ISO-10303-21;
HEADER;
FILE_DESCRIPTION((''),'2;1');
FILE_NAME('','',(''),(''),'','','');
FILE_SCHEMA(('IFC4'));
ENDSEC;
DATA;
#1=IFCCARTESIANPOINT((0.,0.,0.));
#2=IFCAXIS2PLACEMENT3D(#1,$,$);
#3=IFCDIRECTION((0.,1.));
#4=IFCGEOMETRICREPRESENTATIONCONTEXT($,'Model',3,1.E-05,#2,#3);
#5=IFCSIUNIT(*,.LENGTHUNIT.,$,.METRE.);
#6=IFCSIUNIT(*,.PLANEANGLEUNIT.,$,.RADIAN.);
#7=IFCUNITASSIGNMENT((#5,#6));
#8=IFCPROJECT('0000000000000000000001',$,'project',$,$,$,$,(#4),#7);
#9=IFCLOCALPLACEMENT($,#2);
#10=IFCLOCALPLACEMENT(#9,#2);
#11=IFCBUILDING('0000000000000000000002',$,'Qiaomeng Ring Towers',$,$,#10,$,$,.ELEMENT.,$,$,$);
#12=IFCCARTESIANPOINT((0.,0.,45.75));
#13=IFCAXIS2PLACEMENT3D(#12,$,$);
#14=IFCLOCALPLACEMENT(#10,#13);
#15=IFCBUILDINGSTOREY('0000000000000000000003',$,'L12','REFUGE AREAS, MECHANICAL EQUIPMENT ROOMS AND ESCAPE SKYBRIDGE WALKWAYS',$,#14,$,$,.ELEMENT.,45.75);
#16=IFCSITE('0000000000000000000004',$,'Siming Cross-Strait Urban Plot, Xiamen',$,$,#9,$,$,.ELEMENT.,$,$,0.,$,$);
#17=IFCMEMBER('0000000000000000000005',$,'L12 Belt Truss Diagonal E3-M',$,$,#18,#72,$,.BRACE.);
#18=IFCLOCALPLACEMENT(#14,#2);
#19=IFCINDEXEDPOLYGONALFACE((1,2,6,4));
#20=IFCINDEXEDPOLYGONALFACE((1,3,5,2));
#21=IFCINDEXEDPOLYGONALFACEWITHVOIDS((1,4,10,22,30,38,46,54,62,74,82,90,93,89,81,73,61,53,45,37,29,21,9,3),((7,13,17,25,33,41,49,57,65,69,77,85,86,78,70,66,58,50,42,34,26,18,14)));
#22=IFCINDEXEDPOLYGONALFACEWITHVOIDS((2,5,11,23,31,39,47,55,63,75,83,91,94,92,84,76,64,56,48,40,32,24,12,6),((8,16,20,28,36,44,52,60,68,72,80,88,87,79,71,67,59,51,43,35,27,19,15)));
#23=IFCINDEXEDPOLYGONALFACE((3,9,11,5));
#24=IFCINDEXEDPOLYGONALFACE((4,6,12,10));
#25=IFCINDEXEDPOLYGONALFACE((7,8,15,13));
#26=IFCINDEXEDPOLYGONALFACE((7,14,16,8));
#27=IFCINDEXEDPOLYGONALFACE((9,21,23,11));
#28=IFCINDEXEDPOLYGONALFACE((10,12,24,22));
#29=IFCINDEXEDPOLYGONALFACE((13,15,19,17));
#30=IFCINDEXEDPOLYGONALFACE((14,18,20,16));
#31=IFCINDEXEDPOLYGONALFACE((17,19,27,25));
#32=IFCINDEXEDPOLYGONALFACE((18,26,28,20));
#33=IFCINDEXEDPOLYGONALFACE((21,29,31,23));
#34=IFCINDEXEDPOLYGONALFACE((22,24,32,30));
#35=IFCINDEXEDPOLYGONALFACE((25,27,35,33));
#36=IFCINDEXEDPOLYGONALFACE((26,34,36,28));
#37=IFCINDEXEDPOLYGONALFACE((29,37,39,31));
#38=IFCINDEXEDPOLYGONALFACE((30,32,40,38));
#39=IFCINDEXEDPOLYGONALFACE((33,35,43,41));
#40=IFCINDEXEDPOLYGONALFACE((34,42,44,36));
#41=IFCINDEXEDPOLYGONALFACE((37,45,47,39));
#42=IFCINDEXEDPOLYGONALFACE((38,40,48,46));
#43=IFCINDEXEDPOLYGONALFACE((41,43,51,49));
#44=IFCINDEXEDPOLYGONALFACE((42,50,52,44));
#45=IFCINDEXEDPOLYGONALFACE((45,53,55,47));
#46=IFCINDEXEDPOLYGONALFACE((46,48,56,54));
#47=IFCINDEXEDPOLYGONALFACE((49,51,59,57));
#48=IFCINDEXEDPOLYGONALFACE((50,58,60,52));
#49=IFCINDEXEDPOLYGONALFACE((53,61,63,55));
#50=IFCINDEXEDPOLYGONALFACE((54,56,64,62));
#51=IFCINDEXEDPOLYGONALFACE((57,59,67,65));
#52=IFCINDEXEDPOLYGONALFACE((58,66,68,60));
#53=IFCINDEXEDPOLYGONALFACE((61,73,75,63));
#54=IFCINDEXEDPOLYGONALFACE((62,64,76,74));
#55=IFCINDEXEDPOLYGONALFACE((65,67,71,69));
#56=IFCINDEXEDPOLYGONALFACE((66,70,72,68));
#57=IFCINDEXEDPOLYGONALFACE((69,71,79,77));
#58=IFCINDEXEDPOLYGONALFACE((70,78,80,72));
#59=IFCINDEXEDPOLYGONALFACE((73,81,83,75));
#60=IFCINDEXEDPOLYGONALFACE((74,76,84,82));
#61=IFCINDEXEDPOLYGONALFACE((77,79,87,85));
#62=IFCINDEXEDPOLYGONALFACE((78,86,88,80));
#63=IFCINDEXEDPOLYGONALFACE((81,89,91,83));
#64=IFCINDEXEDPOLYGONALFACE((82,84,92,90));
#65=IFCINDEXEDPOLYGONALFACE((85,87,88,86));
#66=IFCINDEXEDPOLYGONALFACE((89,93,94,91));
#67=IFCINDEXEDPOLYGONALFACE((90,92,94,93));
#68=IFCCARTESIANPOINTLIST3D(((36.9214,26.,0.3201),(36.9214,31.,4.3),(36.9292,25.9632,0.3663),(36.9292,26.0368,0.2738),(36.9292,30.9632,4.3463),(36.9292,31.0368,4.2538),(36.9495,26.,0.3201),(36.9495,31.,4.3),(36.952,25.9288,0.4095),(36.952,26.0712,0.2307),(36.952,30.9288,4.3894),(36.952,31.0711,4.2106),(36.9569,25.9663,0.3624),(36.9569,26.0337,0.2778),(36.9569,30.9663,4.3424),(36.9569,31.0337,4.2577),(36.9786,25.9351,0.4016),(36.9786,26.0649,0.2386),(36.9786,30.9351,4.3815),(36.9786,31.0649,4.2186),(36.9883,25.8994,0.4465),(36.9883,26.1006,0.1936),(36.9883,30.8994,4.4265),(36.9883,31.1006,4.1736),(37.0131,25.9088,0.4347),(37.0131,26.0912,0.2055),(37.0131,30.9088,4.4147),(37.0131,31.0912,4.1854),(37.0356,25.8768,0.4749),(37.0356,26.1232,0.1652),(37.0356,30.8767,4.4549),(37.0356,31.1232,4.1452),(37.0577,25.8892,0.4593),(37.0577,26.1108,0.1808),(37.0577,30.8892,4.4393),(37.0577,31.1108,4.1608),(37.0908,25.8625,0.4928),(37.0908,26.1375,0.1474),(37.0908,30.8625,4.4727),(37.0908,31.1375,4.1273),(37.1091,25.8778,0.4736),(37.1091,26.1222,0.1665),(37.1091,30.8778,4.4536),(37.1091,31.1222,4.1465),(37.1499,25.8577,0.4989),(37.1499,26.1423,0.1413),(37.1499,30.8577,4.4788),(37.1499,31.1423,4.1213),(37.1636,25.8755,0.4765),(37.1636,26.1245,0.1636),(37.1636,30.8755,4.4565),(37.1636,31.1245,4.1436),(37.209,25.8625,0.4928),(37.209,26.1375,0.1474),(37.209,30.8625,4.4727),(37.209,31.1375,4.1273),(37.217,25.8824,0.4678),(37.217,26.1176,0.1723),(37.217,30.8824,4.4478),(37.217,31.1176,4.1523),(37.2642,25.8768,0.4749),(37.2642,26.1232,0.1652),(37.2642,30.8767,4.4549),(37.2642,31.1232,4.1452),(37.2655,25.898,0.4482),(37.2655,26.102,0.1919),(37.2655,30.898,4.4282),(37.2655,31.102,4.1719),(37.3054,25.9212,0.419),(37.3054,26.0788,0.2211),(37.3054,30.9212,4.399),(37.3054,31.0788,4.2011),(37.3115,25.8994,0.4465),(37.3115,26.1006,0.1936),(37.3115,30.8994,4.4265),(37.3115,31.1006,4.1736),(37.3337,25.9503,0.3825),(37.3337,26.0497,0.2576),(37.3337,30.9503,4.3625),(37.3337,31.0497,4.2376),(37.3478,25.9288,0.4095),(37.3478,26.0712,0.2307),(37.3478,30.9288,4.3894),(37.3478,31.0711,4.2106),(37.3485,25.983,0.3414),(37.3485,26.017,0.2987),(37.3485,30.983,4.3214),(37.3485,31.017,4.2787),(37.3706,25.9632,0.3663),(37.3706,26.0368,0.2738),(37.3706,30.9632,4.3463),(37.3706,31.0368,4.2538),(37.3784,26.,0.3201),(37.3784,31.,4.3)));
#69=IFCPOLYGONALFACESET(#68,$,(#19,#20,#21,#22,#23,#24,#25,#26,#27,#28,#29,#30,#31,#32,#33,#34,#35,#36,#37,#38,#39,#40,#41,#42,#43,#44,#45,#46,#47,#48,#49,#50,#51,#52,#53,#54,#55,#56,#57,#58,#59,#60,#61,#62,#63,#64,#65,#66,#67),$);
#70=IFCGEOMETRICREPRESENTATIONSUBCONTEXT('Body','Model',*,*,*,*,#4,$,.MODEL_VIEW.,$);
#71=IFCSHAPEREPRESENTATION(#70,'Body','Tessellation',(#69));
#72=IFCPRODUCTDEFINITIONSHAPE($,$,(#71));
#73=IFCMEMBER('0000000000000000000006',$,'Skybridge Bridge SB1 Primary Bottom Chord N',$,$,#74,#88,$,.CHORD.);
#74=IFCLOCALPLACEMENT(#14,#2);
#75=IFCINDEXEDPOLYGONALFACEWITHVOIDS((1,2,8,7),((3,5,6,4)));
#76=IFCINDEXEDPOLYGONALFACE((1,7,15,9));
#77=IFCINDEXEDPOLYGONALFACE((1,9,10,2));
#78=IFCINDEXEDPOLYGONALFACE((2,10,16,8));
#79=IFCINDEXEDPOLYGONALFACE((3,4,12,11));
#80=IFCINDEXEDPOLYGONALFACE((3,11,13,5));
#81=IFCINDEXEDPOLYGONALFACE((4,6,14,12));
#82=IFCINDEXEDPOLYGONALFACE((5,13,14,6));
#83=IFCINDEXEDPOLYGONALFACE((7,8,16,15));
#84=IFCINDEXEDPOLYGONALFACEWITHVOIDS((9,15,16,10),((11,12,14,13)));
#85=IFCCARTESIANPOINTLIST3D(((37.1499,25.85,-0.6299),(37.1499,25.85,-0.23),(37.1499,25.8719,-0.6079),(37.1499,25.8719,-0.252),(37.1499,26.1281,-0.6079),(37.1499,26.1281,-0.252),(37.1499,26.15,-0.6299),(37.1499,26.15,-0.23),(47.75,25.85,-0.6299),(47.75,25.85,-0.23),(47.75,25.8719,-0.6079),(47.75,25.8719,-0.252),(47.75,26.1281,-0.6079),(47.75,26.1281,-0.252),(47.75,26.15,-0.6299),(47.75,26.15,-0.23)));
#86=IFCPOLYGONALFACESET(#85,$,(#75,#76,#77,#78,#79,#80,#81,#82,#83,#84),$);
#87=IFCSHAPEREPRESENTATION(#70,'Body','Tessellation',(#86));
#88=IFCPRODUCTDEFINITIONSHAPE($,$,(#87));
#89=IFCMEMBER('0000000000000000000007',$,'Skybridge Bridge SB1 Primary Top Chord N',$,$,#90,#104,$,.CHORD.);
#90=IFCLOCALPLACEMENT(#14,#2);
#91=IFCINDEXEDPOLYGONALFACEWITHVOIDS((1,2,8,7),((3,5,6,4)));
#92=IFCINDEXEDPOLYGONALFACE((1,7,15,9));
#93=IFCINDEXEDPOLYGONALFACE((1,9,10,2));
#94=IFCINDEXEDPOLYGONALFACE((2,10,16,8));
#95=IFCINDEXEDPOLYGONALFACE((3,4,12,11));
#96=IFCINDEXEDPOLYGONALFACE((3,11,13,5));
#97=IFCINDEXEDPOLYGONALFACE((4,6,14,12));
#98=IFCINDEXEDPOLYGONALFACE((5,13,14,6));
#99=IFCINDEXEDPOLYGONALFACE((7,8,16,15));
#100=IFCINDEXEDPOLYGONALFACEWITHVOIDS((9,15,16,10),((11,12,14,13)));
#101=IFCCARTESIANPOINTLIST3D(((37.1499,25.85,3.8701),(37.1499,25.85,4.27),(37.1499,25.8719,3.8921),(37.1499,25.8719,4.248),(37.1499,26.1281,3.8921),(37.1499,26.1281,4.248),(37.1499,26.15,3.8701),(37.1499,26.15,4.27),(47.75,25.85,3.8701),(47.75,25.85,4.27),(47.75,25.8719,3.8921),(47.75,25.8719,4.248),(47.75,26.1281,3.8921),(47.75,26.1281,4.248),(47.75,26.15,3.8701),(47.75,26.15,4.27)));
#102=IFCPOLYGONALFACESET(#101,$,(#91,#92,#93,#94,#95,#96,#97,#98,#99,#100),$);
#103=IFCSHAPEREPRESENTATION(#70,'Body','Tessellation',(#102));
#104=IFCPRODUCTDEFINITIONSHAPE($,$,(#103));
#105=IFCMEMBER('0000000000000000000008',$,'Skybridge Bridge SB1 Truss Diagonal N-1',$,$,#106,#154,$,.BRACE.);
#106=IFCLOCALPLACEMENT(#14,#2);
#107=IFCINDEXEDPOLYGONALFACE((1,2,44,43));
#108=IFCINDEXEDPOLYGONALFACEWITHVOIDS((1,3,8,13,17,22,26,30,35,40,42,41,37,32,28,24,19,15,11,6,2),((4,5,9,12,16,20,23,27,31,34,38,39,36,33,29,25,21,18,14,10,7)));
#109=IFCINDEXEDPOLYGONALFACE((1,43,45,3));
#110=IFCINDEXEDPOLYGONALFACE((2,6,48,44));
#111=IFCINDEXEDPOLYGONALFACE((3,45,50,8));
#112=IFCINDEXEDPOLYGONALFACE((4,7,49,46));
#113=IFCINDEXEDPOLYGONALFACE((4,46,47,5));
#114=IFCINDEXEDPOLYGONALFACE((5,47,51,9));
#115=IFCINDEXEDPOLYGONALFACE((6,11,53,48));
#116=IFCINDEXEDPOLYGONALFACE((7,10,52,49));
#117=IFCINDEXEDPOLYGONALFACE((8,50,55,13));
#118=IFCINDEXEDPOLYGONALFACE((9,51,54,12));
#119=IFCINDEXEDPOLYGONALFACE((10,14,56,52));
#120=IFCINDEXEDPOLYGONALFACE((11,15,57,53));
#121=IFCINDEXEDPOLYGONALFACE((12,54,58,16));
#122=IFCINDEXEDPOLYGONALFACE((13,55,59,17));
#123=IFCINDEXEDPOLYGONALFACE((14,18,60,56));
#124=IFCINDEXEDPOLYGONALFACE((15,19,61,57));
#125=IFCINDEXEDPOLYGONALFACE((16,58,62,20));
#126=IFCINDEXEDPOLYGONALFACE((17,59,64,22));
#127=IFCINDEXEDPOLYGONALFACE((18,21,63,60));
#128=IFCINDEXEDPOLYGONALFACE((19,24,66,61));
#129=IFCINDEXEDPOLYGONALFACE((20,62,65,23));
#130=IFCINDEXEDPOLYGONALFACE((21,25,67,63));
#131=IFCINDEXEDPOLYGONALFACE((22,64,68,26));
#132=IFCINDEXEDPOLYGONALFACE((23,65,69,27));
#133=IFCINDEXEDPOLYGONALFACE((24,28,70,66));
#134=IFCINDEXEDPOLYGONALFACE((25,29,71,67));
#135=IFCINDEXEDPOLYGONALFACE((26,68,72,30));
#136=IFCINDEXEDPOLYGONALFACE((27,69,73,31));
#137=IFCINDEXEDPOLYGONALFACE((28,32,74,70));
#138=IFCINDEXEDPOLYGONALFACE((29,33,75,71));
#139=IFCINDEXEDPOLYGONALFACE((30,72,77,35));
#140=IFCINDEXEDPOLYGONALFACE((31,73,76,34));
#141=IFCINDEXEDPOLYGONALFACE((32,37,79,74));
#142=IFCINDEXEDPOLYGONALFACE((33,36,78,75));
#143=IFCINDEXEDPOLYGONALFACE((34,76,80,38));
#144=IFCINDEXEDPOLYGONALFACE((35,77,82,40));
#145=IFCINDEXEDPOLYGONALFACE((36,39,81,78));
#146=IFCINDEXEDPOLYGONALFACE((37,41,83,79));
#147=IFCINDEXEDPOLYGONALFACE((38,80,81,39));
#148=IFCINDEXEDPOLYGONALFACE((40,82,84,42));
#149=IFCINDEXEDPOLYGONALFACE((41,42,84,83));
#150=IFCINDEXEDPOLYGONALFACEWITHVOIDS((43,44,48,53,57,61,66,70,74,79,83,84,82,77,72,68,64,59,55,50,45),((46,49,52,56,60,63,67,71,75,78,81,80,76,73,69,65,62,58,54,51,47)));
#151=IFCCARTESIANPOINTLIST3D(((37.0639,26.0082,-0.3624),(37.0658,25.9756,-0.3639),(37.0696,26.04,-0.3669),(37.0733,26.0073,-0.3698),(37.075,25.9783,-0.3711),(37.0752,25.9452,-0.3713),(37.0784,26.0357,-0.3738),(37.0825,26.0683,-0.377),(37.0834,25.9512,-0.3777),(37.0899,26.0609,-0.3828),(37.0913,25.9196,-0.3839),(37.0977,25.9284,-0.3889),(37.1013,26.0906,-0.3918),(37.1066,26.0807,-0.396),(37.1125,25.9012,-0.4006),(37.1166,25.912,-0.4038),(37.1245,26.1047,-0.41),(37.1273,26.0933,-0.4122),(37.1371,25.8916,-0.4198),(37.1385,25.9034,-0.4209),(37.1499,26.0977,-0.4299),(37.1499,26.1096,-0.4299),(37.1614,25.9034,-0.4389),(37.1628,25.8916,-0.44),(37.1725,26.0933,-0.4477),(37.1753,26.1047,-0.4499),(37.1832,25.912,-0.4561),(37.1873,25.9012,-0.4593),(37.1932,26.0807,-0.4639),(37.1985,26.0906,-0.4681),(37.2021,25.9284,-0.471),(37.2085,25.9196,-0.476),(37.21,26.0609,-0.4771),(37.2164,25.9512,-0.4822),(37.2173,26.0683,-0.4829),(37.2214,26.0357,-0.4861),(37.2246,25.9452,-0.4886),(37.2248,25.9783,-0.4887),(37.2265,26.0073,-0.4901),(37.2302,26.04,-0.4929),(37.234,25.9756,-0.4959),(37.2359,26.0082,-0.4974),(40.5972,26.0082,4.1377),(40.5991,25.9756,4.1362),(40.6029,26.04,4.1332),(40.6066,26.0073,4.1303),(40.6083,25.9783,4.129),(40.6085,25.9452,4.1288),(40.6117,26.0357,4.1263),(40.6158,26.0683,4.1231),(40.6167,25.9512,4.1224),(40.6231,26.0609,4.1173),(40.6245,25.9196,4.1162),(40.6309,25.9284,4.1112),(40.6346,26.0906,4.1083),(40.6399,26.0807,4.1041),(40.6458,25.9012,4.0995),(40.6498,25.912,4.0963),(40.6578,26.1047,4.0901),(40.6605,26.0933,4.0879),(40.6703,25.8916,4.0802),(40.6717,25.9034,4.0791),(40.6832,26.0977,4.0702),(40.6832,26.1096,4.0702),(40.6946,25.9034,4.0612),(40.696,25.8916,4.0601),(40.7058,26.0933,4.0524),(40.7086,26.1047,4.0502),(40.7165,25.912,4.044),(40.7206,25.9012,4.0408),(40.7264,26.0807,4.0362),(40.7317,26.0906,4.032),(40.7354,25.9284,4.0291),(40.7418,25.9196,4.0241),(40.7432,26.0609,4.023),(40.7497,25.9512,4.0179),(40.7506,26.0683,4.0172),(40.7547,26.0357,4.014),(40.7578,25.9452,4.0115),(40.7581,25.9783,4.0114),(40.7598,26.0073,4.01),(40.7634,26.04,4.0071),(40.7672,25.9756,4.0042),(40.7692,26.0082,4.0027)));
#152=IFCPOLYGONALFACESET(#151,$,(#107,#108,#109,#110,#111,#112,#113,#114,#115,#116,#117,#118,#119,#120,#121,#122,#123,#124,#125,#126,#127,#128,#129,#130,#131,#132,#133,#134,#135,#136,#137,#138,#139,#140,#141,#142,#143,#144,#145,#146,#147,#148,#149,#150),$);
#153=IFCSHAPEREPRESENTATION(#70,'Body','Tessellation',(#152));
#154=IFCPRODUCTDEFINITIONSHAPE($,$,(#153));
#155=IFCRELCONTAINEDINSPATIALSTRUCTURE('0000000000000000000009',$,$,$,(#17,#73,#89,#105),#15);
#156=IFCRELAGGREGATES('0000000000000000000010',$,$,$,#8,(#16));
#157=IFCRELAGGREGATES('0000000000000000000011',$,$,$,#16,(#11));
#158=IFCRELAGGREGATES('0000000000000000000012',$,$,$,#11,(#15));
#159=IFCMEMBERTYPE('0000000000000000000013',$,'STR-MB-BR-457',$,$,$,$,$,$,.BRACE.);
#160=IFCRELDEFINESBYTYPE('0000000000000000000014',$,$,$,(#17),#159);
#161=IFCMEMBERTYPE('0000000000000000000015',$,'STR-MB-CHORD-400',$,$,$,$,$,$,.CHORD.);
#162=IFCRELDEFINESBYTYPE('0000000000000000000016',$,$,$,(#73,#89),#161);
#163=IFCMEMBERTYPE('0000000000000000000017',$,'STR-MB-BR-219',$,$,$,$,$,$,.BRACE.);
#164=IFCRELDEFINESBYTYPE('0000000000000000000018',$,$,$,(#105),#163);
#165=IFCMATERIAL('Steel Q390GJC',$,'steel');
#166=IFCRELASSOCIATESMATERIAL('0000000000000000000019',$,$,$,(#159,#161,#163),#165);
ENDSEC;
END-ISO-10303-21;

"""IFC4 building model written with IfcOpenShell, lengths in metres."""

from ifc_helpers import new_model, si_unit, direction, frame, origin, origin_2d, place, context, subcontext, project, spatial, hollow_rectangle, hollow_circle, extrude, source, transform, mapped, material, material_profile, profile_set, type_object, element, save


model = new_model("IFC4")

# Units and contexts
model_context = context("Model", 3, precision=1e-05, world=origin(), true_north=direction((0.0, 1.0)))
body_context = subcontext(model_context, "Body", "Model", "MODEL_VIEW")
ifc_project = project(units=[si_unit("LENGTHUNIT", "METRE"), si_unit("PLANEANGLEUNIT", "RADIAN")], contexts=[model_context])

# Site, building, storey
site_placement = place(None, origin())
site = spatial("IfcSite", under=ifc_project, at=site_placement, Name="Siming Cross-Strait Urban Plot, Xiamen", CompositionType="ELEMENT", RefElevation=0.0)
building_placement = place(site_placement, origin())
building = spatial("IfcBuilding", under=site, at=building_placement, Name="Qiaomeng Ring Towers", CompositionType="ELEMENT")
storey_placement = place(building_placement, frame((0.0, 0.0, 45.75)))
storey = spatial("IfcBuildingStorey", under=building, at=storey_placement, Name="L12", Description="REFUGE AREAS, MECHANICAL EQUIPMENT ROOMS AND ESCAPE SKYBRIDGE WALKWAYS", CompositionType="ELEMENT", Elevation=45.75)

# Members
ifc_material_1 = material(Name="Steel Q390GJC", Category="steel")
ifc_material_profile_1 = material_profile(ifc_material_1, hollow_circle(Radius=0.2285, WallThickness=0.0281, at=origin_2d()), Name="CHS 457x28")
ifc_profile_set_1 = profile_set([ifc_material_profile_1], Name="Steel Q390GJC")
member_type_1 = type_object("IfcMemberType", Name="STR-MB-BR-457", PredefinedType="BRACE", material=ifc_profile_set_1)
shared_shape_1 = source(origin(), body_context, "Body", "SweptSolid", [
    extrude(hollow_circle(Radius=0.2285, WallThickness=0.0281, at=origin_2d()), origin(), (0.0, 0.0, 1.0), 6.3906),
])
member_1_placement = place(storey_placement, frame((37.1499, 26.0, 0.3201), z_axis=(0.0, 0.782395, 0.622783), x_axis=(-1.0, 0.0, 0.0)))
element("IfcMember", 1, at=member_1_placement, inside=storey, type_object=member_type_1, Name="L12 Belt Truss Diagonal E3-M", PredefinedType="BRACE", context=body_context, shape_type="MappedRepresentation", body=[
    mapped(shared_shape_1, transform((0.0, 0.0, 0.0), x_axis=(1.0, 0.0, 0.0), y_axis=(0.0, 1.0, 0.0), z_axis=(0.0, 0.0, 1.0), scale=1.0)),
])
ifc_material_profile_2 = material_profile(ifc_material_1, hollow_rectangle(XDim=0.3, YDim=0.3999, WallThickness=0.022, at=origin_2d()), Name="RHS 400x300x22")
ifc_profile_set_2 = profile_set([ifc_material_profile_2], Name="Steel Q390GJC")
member_type_2 = type_object("IfcMemberType", Name="STR-MB-CHORD-400", PredefinedType="CHORD", material=ifc_profile_set_2)
shared_shape_2 = source(origin(), body_context, "Body", "SweptSolid", [
    extrude(hollow_rectangle(XDim=0.3, YDim=0.3999, WallThickness=0.022, at=origin_2d()), origin(), (0.0, 0.0, 1.0), 10.6001),
])
for number, where, z_axis, x_axis, name in (
    (2, (37.1499, 26.0, -0.4299), (1.0, 0.0, 0.0), (0.0, 1.0, 0.0), "Skybridge Bridge SB1 Primary Bottom Chord N"),
    (3, (37.1499, 26.0, 4.0701), (1.0, 0.0, 0.0), (0.0, 1.0, 0.0), "Skybridge Bridge SB1 Primary Top Chord N"),
):
    element("IfcMember", number, at=place(storey_placement, frame(where, z_axis=z_axis, x_axis=x_axis)), inside=storey, type_object=member_type_2, Name=name, PredefinedType="CHORD", context=body_context, shape_type="MappedRepresentation", body=[
        mapped(shared_shape_2, transform((0.0, 0.0, 0.0), x_axis=(1.0, 0.0, 0.0), y_axis=(0.0, 1.0, 0.0), z_axis=(0.0, 0.0, 1.0), scale=1.0)),
    ])
ifc_material_profile_3 = material_profile(ifc_material_1, hollow_circle(Radius=0.1096, WallThickness=0.012, at=origin_2d()), Name="CHS 219x12")
ifc_profile_set_3 = profile_set([ifc_material_profile_3], Name="Steel Q390GJC")
member_type_3 = type_object("IfcMemberType", Name="STR-MB-BR-219", PredefinedType="BRACE", material=ifc_profile_set_3)
shared_shape_3 = source(origin(), body_context, "Body", "SweptSolid", [
    extrude(hollow_circle(Radius=0.1096, WallThickness=0.012, at=origin_2d()), origin(), (0.0, 0.0, 1.0), 5.7214),
])
member_2_placement = place(storey_placement, frame((37.1499, 26.0, -0.4299), z_axis=(0.61755, 0.0, 0.786532), x_axis=(0.0, 1.0, 0.0)))
element("IfcMember", 4, at=member_2_placement, inside=storey, type_object=member_type_3, Name="Skybridge Bridge SB1 Truss Diagonal N-1", PredefinedType="BRACE", context=body_context, shape_type="MappedRepresentation", body=[
    mapped(shared_shape_3, transform((0.0, 0.0, 0.0), x_axis=(1.0, 0.0, 0.0), y_axis=(0.0, 1.0, 0.0), z_axis=(0.0, 0.0, 1.0), scale=1.0)),
])

save(model, "model.ifc")
